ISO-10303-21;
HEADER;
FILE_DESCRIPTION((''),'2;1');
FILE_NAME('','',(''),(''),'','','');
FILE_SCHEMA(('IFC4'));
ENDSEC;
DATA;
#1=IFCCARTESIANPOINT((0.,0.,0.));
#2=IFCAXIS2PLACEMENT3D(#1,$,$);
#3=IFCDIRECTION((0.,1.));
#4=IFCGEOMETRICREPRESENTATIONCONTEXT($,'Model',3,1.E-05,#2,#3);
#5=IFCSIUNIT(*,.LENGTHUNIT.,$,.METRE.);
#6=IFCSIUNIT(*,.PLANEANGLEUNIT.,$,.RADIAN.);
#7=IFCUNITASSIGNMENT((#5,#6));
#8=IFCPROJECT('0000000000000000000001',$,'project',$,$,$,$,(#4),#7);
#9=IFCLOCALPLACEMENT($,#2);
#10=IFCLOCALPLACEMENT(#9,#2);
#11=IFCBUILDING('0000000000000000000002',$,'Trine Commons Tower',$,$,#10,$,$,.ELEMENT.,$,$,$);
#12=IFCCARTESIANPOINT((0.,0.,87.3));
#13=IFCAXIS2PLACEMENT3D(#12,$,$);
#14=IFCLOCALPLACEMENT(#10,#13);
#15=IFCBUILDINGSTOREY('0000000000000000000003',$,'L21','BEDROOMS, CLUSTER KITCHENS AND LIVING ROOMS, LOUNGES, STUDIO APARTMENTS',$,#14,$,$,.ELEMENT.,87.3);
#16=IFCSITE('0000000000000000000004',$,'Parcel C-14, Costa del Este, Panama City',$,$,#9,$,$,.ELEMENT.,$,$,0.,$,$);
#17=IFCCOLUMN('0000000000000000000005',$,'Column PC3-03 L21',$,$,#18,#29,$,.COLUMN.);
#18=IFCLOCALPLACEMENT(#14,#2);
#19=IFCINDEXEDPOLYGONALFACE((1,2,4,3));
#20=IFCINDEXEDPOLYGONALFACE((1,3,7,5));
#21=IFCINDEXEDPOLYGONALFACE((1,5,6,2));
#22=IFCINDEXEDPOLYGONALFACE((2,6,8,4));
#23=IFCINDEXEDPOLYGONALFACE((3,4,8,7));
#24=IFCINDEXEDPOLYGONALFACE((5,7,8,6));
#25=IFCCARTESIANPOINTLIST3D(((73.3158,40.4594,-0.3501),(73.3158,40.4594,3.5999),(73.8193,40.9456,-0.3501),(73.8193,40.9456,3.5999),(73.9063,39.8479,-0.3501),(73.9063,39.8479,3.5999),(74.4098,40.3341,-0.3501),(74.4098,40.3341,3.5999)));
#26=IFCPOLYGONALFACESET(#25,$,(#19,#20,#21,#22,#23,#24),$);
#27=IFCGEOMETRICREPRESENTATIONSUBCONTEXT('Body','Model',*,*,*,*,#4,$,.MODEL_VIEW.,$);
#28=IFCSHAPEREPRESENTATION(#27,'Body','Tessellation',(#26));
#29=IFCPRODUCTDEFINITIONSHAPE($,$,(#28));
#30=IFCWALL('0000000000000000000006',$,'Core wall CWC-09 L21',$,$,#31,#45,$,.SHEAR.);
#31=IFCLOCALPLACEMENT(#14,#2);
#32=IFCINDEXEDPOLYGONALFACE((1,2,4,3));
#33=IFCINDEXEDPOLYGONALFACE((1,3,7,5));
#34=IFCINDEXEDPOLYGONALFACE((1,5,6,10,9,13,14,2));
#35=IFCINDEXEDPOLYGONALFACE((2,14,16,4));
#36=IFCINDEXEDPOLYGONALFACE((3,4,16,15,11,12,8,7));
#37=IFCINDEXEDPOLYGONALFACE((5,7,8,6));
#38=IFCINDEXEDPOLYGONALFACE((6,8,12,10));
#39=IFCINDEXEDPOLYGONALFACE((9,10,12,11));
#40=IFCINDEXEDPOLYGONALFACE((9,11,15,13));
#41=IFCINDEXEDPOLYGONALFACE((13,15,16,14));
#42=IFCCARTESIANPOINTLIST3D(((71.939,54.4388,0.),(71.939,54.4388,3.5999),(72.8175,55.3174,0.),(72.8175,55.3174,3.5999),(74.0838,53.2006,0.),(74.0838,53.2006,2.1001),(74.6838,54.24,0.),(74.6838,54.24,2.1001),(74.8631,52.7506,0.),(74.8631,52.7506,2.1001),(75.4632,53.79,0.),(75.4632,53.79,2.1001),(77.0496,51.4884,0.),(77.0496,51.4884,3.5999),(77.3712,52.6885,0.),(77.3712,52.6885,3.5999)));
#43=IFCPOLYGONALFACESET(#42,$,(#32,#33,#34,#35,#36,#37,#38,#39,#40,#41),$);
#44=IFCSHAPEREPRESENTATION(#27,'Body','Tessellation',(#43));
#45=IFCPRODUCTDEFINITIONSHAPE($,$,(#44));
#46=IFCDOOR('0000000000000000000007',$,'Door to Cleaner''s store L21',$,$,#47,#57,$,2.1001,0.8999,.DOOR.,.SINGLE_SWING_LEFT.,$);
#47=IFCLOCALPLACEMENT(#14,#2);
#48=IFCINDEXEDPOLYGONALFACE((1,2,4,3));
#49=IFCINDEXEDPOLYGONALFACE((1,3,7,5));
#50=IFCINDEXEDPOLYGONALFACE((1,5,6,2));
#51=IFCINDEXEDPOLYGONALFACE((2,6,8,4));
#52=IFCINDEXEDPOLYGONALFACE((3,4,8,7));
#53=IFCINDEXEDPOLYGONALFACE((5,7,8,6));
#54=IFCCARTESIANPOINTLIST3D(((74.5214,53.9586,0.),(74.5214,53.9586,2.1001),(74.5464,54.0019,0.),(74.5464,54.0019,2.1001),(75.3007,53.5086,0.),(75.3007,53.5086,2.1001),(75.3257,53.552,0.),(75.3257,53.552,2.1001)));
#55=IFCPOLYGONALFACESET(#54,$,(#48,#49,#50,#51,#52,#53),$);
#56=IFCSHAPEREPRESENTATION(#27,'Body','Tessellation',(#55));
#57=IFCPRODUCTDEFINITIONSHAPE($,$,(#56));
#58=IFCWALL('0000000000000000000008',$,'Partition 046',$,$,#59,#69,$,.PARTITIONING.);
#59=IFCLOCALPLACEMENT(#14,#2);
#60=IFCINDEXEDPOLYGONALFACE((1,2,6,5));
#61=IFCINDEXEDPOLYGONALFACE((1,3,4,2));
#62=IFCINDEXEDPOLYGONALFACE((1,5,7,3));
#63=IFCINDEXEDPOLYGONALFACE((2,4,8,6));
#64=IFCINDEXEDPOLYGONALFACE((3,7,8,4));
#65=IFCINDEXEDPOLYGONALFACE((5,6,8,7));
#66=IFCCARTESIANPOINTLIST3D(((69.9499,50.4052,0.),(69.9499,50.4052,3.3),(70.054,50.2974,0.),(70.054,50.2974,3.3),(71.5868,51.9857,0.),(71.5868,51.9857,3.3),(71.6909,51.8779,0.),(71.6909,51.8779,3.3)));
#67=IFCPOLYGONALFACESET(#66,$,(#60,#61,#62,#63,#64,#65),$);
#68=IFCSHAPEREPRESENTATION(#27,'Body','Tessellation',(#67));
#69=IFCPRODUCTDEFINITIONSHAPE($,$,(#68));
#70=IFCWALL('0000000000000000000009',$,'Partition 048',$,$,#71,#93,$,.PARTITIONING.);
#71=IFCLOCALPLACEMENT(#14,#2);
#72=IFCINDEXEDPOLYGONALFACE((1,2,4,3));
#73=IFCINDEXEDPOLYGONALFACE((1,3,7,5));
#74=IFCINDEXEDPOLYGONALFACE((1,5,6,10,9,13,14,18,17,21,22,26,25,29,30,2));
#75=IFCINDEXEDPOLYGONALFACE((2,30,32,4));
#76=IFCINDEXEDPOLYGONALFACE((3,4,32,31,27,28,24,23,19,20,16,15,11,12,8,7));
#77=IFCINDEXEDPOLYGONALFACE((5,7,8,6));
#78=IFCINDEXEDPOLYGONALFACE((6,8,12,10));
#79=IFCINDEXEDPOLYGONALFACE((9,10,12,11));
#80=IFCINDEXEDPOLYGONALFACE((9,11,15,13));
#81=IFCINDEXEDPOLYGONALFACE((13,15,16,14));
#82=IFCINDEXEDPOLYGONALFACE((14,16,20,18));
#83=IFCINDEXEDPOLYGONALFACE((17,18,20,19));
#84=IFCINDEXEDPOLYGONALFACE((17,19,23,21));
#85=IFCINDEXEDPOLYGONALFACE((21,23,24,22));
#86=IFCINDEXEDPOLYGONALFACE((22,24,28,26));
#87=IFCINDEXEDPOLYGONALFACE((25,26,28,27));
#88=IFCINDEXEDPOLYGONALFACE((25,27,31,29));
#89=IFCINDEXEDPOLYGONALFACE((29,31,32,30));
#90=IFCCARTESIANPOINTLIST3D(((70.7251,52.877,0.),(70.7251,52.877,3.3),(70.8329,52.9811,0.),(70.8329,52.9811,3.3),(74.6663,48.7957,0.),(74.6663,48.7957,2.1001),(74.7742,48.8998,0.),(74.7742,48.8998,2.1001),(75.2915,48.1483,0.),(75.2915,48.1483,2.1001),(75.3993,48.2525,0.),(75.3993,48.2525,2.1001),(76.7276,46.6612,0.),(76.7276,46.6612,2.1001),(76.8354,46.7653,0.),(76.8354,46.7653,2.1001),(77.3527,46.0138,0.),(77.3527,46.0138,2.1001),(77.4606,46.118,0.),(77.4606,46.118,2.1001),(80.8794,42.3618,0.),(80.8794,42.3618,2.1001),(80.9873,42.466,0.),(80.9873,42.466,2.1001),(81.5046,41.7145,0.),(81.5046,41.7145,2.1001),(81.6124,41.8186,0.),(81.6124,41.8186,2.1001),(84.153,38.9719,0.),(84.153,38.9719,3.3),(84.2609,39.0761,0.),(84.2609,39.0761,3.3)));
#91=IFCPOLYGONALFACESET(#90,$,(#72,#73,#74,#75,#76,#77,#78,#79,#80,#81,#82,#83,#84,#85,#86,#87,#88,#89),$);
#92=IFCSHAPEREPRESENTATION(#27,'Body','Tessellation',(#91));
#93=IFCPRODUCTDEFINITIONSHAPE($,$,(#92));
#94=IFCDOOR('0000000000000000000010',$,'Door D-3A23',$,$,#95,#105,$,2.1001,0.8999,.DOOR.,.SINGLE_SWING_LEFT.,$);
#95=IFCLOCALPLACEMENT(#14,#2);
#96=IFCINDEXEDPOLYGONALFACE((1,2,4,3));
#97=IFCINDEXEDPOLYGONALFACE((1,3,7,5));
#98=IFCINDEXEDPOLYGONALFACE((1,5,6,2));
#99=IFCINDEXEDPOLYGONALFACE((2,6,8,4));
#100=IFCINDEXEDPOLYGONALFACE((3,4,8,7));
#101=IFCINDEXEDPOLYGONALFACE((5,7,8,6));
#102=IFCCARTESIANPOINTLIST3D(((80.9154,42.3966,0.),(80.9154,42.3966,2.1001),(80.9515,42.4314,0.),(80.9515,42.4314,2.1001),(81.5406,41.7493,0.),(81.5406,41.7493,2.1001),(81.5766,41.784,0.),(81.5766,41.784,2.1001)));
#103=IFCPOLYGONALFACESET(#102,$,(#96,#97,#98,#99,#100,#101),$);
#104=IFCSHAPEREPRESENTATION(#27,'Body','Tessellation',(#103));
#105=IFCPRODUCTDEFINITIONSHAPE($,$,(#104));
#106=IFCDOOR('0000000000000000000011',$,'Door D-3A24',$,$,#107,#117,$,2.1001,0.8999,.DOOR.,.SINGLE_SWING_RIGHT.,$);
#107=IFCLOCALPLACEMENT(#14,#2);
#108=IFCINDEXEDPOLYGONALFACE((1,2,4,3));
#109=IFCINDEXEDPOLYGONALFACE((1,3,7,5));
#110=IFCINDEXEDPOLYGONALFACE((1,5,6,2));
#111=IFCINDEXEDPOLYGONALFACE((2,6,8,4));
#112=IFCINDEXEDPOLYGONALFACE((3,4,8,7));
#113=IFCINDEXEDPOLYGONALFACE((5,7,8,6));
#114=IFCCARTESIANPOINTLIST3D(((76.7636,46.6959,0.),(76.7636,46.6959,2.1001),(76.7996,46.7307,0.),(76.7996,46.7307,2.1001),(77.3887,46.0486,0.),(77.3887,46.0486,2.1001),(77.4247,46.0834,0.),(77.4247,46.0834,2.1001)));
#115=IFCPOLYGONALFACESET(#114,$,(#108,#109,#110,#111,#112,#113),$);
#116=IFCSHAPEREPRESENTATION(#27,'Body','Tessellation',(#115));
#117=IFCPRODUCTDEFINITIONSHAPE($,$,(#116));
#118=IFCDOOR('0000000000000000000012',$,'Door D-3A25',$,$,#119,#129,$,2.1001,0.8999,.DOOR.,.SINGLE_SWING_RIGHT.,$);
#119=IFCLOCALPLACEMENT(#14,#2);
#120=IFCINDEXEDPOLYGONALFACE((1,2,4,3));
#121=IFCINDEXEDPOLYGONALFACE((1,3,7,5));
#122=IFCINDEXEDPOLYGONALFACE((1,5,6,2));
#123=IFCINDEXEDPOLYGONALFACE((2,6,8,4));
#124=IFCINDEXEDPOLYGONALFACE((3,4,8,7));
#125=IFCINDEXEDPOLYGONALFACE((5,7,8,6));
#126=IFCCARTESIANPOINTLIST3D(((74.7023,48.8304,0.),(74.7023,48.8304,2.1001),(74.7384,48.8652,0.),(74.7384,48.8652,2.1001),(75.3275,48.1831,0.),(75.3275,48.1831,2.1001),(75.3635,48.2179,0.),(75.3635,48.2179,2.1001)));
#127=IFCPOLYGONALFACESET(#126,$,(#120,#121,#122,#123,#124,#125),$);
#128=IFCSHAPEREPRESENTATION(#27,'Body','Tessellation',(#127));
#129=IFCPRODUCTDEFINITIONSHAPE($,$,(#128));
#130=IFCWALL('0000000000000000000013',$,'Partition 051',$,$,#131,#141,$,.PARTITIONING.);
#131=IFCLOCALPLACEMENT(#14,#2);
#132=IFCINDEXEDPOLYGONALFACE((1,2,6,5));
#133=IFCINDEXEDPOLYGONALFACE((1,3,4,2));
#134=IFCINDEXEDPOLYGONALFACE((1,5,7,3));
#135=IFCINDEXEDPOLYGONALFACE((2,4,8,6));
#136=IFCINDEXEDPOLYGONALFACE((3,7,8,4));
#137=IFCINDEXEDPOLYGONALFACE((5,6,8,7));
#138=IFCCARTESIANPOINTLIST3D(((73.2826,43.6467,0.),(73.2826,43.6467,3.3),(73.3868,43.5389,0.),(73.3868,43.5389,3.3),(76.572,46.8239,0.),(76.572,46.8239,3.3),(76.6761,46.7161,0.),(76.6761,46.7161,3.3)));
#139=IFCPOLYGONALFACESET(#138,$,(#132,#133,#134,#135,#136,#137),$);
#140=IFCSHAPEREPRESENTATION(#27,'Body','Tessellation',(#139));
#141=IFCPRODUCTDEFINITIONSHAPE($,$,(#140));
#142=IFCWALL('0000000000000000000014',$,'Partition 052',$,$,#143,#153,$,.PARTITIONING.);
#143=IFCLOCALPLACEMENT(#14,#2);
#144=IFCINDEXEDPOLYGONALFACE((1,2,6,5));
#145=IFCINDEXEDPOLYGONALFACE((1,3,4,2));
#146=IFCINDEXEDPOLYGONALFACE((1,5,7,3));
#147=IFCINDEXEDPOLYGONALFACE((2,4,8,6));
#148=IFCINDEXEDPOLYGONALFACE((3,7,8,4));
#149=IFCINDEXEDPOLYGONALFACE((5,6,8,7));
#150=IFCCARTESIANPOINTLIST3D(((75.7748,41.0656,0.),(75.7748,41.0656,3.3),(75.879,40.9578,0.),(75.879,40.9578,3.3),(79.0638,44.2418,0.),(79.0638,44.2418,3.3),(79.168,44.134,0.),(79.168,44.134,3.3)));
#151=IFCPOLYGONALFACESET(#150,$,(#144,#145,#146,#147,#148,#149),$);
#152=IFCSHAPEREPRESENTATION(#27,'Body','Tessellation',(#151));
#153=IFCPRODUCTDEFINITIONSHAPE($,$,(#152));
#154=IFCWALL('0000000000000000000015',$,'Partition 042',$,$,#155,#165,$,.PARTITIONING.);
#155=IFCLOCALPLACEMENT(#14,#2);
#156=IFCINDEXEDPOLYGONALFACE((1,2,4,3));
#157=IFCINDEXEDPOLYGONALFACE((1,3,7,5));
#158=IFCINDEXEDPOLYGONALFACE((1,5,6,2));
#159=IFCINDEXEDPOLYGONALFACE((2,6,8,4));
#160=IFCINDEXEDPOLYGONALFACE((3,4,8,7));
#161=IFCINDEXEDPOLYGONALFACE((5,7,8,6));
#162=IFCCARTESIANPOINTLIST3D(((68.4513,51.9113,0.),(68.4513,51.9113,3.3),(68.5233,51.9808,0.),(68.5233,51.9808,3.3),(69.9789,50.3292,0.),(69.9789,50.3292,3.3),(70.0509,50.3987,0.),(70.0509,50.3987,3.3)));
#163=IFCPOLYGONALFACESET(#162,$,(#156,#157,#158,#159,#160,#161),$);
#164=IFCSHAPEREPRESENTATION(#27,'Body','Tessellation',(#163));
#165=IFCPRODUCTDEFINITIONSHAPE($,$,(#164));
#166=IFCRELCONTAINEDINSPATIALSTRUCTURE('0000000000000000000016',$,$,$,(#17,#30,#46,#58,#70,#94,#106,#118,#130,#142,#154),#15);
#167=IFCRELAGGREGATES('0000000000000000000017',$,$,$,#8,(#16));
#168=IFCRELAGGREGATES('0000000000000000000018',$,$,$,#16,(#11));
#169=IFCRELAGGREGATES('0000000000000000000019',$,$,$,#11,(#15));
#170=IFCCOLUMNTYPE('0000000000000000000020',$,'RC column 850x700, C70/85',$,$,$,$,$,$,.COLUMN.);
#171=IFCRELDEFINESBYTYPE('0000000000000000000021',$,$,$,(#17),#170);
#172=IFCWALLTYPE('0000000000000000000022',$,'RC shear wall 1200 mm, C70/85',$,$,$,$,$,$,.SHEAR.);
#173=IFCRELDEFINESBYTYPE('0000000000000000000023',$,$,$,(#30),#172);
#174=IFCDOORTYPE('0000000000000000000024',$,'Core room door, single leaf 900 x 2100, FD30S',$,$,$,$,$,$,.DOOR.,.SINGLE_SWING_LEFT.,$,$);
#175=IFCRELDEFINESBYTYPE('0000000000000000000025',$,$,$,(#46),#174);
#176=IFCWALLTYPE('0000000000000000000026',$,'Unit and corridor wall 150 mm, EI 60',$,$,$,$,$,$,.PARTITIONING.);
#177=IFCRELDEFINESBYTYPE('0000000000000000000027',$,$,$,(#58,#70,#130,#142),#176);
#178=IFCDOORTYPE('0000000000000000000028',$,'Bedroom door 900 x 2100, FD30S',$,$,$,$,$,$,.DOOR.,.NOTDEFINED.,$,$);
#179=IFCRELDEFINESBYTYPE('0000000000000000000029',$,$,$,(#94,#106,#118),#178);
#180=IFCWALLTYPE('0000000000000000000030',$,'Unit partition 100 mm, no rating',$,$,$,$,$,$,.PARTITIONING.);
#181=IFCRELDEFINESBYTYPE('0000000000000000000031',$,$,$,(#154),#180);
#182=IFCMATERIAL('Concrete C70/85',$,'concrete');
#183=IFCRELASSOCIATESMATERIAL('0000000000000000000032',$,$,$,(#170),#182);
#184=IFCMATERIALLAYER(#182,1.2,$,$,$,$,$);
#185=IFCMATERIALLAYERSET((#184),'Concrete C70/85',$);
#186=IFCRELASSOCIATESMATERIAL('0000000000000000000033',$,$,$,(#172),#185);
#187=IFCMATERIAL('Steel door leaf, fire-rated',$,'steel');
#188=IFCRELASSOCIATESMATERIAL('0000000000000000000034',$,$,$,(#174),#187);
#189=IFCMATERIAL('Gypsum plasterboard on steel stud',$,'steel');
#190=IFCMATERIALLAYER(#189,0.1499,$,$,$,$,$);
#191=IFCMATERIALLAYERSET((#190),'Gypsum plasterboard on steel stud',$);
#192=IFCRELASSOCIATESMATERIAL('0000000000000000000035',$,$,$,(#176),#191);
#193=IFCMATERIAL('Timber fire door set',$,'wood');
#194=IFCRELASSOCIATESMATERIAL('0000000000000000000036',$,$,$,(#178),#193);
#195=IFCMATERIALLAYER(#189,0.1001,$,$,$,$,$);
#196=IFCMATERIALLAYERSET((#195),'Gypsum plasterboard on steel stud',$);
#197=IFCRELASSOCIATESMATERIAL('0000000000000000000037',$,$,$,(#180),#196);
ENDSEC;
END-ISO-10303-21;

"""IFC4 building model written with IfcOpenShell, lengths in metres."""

from ifc_helpers import new_model, si_unit, direction, frame, frame_2d, origin, origin_2d, place, context, subcontext, project, spatial, polyline, rectangle, outline, extrude, material, layer, layer_set, material_profile, profile_set, type_object, element, fill, save


model = new_model("IFC4")

# Units and contexts
model_context = context("Model", 3, precision=1e-05, world=origin(), true_north=direction((0.0, 1.0)))
body_context = subcontext(model_context, "Body", "Model", "MODEL_VIEW")
ifc_project = project(units=[si_unit("LENGTHUNIT", "METRE"), si_unit("PLANEANGLEUNIT", "RADIAN")], contexts=[model_context])

# Site, building, storey
site_placement = place(None, origin())
site = spatial("IfcSite", under=ifc_project, at=site_placement, Name="Parcel C-14, Costa del Este, Panama City", CompositionType="ELEMENT", RefElevation=0.0)
building_placement = place(site_placement, origin())
building = spatial("IfcBuilding", under=site, at=building_placement, Name="Trine Commons Tower", CompositionType="ELEMENT")
storey_placement = place(building_placement, frame((0.0, 0.0, 87.3)))
storey = spatial("IfcBuildingStorey", under=building, at=storey_placement, Name="L21", Description="BEDROOMS, CLUSTER KITCHENS AND LIVING ROOMS, LOUNGES, STUDIO APARTMENTS", CompositionType="ELEMENT", Elevation=87.3)

# Column
ifc_material_1 = material(Name="Concrete C70/85", Category="concrete")
ifc_material_profile = material_profile(ifc_material_1, rectangle(XDim=0.8501, YDim=0.7, at=origin_2d()), Name="RC 850x700")
ifc_profile_set = profile_set([ifc_material_profile], Name="Concrete C70/85")
column_type = type_object("IfcColumnType", Name="RC column 850x700, C70/85", PredefinedType="COLUMN", material=ifc_profile_set)
column_placement = place(storey_placement, frame((73.8628, 40.3967, -0.3501), z_axis=(0.0, 0.0, 1.0), x_axis=(-0.694658, 0.71934, 0.0)))
element("IfcColumn", 1, at=column_placement, inside=storey, type_object=column_type, Name="Column PC3-03 L21", PredefinedType="COLUMN", context=body_context, shape_type="SweptSolid", body=[
    extrude(rectangle(XDim=0.8501, YDim=0.7, at=origin_2d()), origin(), (0.0, 0.0, 1.0), 3.95),
])

# Wall, opening, door
ifc_layer_1 = layer(ifc_material_1, 1.2)
ifc_layer_set_1 = layer_set([ifc_layer_1], Name="Concrete C70/85")
wall_type_1 = type_object("IfcWallType", Name="RC shear wall 1200 mm, C70/85", PredefinedType="SHEAR", material=ifc_layer_set_1)
wall_1_placement = place(storey_placement, frame((72.239, 54.9585, 0.0), z_axis=(0.0, 0.0, 1.0), x_axis=(0.866037, -0.499979, 0.0)))
wall_1 = element("IfcWall", 2, at=wall_1_placement, inside=storey, type_object=wall_type_1, Name="Core wall CWC-09 L21", PredefinedType="SHEAR", context=body_context, shape_type="SweptSolid", body=[
    extrude(outline(polyline([(0.0, -0.6001), (5.9011, -0.6001), (5.5796, 0.6001), (0.3215, 0.6001), (0.0, -0.6001)])), origin(), (0.0, 0.0, 1.0), 3.5999),
])
opening_1_placement = place(wall_1_placement, frame((2.4766, 0.0, 0.0)))
opening_1 = element("IfcOpeningElement", 3, at=opening_1_placement, cuts=wall_1, PredefinedType="OPENING", context=body_context, shape_type="SweptSolid", body=[
    extrude(rectangle(XDim=0.8999, YDim=2.1001, at=frame_2d((0.45, 1.05))), frame((0.0, 0.6099, 0.0), z_axis=(0.0, -1.0, 0.0), x_axis=(1.0, 0.0, 0.0)), (0.0, 0.0, 1.0), 1.22),
])
ifc_material_2 = material(Name="Steel door leaf, fire-rated", Category="steel")
door_type_1 = type_object("IfcDoorType", Name="Core room door, single leaf 900 x 2100, FD30S", OperationType="SINGLE_SWING_LEFT", PredefinedType="DOOR", material=ifc_material_2)
door_1_placement = place(opening_1_placement, origin())
door_1 = element("IfcDoor", 4, at=door_1_placement, inside=storey, type_object=door_type_1, Name="Door to Cleaner's store L21", OperationType="SINGLE_SWING_LEFT", OverallHeight=2.1001, OverallWidth=0.8999, PredefinedType="DOOR", context=body_context, shape_type="SweptSolid", body=[
    extrude(rectangle(XDim=0.8999, YDim=2.1001, at=frame_2d((0.45, 1.05))), frame((0.0, 0.3252, 0.0), z_axis=(0.0, -1.0, 0.0), x_axis=(1.0, 0.0, 0.0)), (0.0, 0.0, 1.0), 0.05),
])
fill(opening_1, door_1)

# Wall
ifc_material_3 = material(Name="Gypsum plasterboard on steel stud", Category="steel")
ifc_layer_2 = layer(ifc_material_3, 0.1499)
ifc_layer_set_2 = layer_set([ifc_layer_2], Name="Gypsum plasterboard on steel stud")
wall_type_2 = type_object("IfcWallType", Name="Unit and corridor wall 150 mm, EI 60", PredefinedType="PARTITIONING", material=ifc_layer_set_2)
wall_2_placement = place(storey_placement, frame((70.002, 50.3513, 0.0), z_axis=(0.0, 0.0, 1.0), x_axis=(0.71939, 0.694606, 0.0)))
element("IfcWall", 5, at=wall_2_placement, inside=storey, type_object=wall_type_2, Name="Partition 046", PredefinedType="PARTITIONING", context=body_context, shape_type="SweptSolid", body=[
    extrude(rectangle(XDim=2.2754, YDim=0.1499, at=frame_2d((1.1377, 0.0))), origin(), (0.0, 0.0, 1.0), 3.3),
])

# Wall, openings, doors
wall_3_placement = place(storey_placement, frame((70.7791, 52.929, 0.0), z_axis=(0.0, 0.0, 1.0), x_axis=(0.69466, -0.719339, 0.0)))
wall_3 = element("IfcWall", 6, at=wall_3_placement, inside=storey, type_object=wall_type_2, Name="Partition 048", PredefinedType="PARTITIONING", context=body_context, shape_type="SweptSolid", body=[
    extrude(rectangle(XDim=19.3303, YDim=0.1499, at=frame_2d((9.665, 0.0))), origin(), (0.0, 0.0, 1.0), 3.3),
])
opening_2_placement = place(wall_3_placement, frame((14.6177, 0.0, 0.0)))
opening_2 = element("IfcOpeningElement", 7, at=opening_2_placement, cuts=wall_3, PredefinedType="OPENING", context=body_context, shape_type="SweptSolid", body=[
    extrude(rectangle(XDim=0.8999, YDim=2.1001, at=frame_2d((0.45, 1.05))), frame((0.0, 0.085, 0.0), z_axis=(0.0, -1.0, 0.0), x_axis=(1.0, 0.0, 0.0)), (0.0, 0.0, 1.0), 0.1699),
])
opening_3_placement = place(wall_3_placement, frame((8.6409, 0.0, 0.0)))
opening_3 = element("IfcOpeningElement", 8, at=opening_3_placement, cuts=wall_3, PredefinedType="OPENING", context=body_context, shape_type="SweptSolid", body=[
    extrude(rectangle(XDim=0.8999, YDim=2.1001, at=frame_2d((0.45, 1.05))), frame((0.0, 0.085, 0.0), z_axis=(0.0, -1.0, 0.0), x_axis=(1.0, 0.0, 0.0)), (0.0, 0.0, 1.0), 0.1699),
])
opening_4_placement = place(wall_3_placement, frame((5.6736, 0.0, 0.0)))
opening_4 = element("IfcOpeningElement", 9, at=opening_4_placement, cuts=wall_3, PredefinedType="OPENING", context=body_context, shape_type="SweptSolid", body=[
    extrude(rectangle(XDim=0.8999, YDim=2.1001, at=frame_2d((0.45, 1.05))), frame((0.0, 0.085, 0.0), z_axis=(0.0, -1.0, 0.0), x_axis=(1.0, 0.0, 0.0)), (0.0, 0.0, 1.0), 0.1699),
])
ifc_material_4 = material(Name="Timber fire door set", Category="wood")
door_type_2 = type_object("IfcDoorType", Name="Bedroom door 900 x 2100, FD30S", OperationType="NOTDEFINED", PredefinedType="DOOR", material=ifc_material_4)
door_2_placement = place(opening_2_placement, frame((0.8999, 0.0, 0.0), z_axis=(0.0, 0.0, 1.0), x_axis=(-1.0, 0.0, 0.0)))
door_2 = element("IfcDoor", 10, at=door_2_placement, inside=storey, type_object=door_type_2, Name="Door D-3A23", OperationType="SINGLE_SWING_LEFT", OverallHeight=2.1001, OverallWidth=0.8999, PredefinedType="DOOR", context=body_context, shape_type="SweptSolid", body=[
    extrude(rectangle(XDim=0.8999, YDim=2.1001, at=frame_2d((0.45, 1.05))), frame((0.0, 0.0249, 0.0), z_axis=(0.0, -1.0, 0.0), x_axis=(1.0, 0.0, 0.0)), (0.0, 0.0, 1.0), 0.05),
])
fill(opening_2, door_2)
door_3_placement = place(opening_3_placement, frame((0.8999, 0.0, 0.0), z_axis=(0.0, 0.0, 1.0), x_axis=(-1.0, 0.0, 0.0)))
door_3 = element("IfcDoor", 11, at=door_3_placement, inside=storey, type_object=door_type_2, Name="Door D-3A24", OperationType="SINGLE_SWING_RIGHT", OverallHeight=2.1001, OverallWidth=0.8999, PredefinedType="DOOR", context=body_context, shape_type="SweptSolid", body=[
    extrude(rectangle(XDim=0.8999, YDim=2.1001, at=frame_2d((0.45, 1.05))), frame((0.0, 0.0249, 0.0), z_axis=(0.0, -1.0, 0.0), x_axis=(1.0, 0.0, 0.0)), (0.0, 0.0, 1.0), 0.05),
])
fill(opening_3, door_3)
door_4_placement = place(opening_4_placement, frame((0.8999, 0.0, 0.0), z_axis=(0.0, 0.0, 1.0), x_axis=(-1.0, 0.0, 0.0)))
door_4 = element("IfcDoor", 12, at=door_4_placement, inside=storey, type_object=door_type_2, Name="Door D-3A25", OperationType="SINGLE_SWING_RIGHT", OverallHeight=2.1001, OverallWidth=0.8999, PredefinedType="DOOR", context=body_context, shape_type="SweptSolid", body=[
    extrude(rectangle(XDim=0.8999, YDim=2.1001, at=frame_2d((0.45, 1.05))), frame((0.0, 0.0249, 0.0), z_axis=(0.0, -1.0, 0.0), x_axis=(1.0, 0.0, 0.0)), (0.0, 0.0, 1.0), 0.05),
])
fill(opening_4, door_4)

# Walls
wall_4_placement = place(storey_placement, frame((73.3347, 43.5928, 0.0), z_axis=(0.0, 0.0, 1.0), x_axis=(0.719252, 0.694749, 0.0)))
element("IfcWall", 13, at=wall_4_placement, inside=storey, type_object=wall_type_2, Name="Partition 051", PredefinedType="PARTITIONING", context=body_context, shape_type="SweptSolid", body=[
    extrude(rectangle(XDim=4.5732, YDim=0.1499, at=frame_2d((2.2866, 0.0))), origin(), (0.0, 0.0, 1.0), 3.3),
])
wall_5_placement = place(storey_placement, frame((75.8269, 41.0117, 0.0), z_axis=(0.0, 0.0, 1.0), x_axis=(0.719333, 0.694665, 0.0)))
element("IfcWall", 14, at=wall_5_placement, inside=storey, type_object=wall_type_2, Name="Partition 052", PredefinedType="PARTITIONING", context=body_context, shape_type="SweptSolid", body=[
    extrude(rectangle(XDim=4.5723, YDim=0.1499, at=frame_2d((2.2861, 0.0))), origin(), (0.0, 0.0, 1.0), 3.3),
])
ifc_layer_3 = layer(ifc_material_3, 0.1001)
ifc_layer_set_3 = layer_set([ifc_layer_3], Name="Gypsum plasterboard on steel stud")
wall_type_3 = type_object("IfcWallType", Name="Unit partition 100 mm, no rating", PredefinedType="PARTITIONING", material=ifc_layer_set_3)
wall_6_placement = place(storey_placement, frame((68.4873, 51.946, 0.0), z_axis=(0.0, 0.0, 1.0), x_axis=(0.69462, -0.719377, 0.0)))
element("IfcWall", 15, at=wall_6_placement, inside=storey, type_object=wall_type_3, Name="Partition 042", PredefinedType="PARTITIONING", context=body_context, shape_type="SweptSolid", body=[
    extrude(rectangle(XDim=2.1992, YDim=0.1001, at=frame_2d((1.0996, 0.0))), origin(), (0.0, 0.0, 1.0), 3.3),
])

save(model, "model.ifc")
